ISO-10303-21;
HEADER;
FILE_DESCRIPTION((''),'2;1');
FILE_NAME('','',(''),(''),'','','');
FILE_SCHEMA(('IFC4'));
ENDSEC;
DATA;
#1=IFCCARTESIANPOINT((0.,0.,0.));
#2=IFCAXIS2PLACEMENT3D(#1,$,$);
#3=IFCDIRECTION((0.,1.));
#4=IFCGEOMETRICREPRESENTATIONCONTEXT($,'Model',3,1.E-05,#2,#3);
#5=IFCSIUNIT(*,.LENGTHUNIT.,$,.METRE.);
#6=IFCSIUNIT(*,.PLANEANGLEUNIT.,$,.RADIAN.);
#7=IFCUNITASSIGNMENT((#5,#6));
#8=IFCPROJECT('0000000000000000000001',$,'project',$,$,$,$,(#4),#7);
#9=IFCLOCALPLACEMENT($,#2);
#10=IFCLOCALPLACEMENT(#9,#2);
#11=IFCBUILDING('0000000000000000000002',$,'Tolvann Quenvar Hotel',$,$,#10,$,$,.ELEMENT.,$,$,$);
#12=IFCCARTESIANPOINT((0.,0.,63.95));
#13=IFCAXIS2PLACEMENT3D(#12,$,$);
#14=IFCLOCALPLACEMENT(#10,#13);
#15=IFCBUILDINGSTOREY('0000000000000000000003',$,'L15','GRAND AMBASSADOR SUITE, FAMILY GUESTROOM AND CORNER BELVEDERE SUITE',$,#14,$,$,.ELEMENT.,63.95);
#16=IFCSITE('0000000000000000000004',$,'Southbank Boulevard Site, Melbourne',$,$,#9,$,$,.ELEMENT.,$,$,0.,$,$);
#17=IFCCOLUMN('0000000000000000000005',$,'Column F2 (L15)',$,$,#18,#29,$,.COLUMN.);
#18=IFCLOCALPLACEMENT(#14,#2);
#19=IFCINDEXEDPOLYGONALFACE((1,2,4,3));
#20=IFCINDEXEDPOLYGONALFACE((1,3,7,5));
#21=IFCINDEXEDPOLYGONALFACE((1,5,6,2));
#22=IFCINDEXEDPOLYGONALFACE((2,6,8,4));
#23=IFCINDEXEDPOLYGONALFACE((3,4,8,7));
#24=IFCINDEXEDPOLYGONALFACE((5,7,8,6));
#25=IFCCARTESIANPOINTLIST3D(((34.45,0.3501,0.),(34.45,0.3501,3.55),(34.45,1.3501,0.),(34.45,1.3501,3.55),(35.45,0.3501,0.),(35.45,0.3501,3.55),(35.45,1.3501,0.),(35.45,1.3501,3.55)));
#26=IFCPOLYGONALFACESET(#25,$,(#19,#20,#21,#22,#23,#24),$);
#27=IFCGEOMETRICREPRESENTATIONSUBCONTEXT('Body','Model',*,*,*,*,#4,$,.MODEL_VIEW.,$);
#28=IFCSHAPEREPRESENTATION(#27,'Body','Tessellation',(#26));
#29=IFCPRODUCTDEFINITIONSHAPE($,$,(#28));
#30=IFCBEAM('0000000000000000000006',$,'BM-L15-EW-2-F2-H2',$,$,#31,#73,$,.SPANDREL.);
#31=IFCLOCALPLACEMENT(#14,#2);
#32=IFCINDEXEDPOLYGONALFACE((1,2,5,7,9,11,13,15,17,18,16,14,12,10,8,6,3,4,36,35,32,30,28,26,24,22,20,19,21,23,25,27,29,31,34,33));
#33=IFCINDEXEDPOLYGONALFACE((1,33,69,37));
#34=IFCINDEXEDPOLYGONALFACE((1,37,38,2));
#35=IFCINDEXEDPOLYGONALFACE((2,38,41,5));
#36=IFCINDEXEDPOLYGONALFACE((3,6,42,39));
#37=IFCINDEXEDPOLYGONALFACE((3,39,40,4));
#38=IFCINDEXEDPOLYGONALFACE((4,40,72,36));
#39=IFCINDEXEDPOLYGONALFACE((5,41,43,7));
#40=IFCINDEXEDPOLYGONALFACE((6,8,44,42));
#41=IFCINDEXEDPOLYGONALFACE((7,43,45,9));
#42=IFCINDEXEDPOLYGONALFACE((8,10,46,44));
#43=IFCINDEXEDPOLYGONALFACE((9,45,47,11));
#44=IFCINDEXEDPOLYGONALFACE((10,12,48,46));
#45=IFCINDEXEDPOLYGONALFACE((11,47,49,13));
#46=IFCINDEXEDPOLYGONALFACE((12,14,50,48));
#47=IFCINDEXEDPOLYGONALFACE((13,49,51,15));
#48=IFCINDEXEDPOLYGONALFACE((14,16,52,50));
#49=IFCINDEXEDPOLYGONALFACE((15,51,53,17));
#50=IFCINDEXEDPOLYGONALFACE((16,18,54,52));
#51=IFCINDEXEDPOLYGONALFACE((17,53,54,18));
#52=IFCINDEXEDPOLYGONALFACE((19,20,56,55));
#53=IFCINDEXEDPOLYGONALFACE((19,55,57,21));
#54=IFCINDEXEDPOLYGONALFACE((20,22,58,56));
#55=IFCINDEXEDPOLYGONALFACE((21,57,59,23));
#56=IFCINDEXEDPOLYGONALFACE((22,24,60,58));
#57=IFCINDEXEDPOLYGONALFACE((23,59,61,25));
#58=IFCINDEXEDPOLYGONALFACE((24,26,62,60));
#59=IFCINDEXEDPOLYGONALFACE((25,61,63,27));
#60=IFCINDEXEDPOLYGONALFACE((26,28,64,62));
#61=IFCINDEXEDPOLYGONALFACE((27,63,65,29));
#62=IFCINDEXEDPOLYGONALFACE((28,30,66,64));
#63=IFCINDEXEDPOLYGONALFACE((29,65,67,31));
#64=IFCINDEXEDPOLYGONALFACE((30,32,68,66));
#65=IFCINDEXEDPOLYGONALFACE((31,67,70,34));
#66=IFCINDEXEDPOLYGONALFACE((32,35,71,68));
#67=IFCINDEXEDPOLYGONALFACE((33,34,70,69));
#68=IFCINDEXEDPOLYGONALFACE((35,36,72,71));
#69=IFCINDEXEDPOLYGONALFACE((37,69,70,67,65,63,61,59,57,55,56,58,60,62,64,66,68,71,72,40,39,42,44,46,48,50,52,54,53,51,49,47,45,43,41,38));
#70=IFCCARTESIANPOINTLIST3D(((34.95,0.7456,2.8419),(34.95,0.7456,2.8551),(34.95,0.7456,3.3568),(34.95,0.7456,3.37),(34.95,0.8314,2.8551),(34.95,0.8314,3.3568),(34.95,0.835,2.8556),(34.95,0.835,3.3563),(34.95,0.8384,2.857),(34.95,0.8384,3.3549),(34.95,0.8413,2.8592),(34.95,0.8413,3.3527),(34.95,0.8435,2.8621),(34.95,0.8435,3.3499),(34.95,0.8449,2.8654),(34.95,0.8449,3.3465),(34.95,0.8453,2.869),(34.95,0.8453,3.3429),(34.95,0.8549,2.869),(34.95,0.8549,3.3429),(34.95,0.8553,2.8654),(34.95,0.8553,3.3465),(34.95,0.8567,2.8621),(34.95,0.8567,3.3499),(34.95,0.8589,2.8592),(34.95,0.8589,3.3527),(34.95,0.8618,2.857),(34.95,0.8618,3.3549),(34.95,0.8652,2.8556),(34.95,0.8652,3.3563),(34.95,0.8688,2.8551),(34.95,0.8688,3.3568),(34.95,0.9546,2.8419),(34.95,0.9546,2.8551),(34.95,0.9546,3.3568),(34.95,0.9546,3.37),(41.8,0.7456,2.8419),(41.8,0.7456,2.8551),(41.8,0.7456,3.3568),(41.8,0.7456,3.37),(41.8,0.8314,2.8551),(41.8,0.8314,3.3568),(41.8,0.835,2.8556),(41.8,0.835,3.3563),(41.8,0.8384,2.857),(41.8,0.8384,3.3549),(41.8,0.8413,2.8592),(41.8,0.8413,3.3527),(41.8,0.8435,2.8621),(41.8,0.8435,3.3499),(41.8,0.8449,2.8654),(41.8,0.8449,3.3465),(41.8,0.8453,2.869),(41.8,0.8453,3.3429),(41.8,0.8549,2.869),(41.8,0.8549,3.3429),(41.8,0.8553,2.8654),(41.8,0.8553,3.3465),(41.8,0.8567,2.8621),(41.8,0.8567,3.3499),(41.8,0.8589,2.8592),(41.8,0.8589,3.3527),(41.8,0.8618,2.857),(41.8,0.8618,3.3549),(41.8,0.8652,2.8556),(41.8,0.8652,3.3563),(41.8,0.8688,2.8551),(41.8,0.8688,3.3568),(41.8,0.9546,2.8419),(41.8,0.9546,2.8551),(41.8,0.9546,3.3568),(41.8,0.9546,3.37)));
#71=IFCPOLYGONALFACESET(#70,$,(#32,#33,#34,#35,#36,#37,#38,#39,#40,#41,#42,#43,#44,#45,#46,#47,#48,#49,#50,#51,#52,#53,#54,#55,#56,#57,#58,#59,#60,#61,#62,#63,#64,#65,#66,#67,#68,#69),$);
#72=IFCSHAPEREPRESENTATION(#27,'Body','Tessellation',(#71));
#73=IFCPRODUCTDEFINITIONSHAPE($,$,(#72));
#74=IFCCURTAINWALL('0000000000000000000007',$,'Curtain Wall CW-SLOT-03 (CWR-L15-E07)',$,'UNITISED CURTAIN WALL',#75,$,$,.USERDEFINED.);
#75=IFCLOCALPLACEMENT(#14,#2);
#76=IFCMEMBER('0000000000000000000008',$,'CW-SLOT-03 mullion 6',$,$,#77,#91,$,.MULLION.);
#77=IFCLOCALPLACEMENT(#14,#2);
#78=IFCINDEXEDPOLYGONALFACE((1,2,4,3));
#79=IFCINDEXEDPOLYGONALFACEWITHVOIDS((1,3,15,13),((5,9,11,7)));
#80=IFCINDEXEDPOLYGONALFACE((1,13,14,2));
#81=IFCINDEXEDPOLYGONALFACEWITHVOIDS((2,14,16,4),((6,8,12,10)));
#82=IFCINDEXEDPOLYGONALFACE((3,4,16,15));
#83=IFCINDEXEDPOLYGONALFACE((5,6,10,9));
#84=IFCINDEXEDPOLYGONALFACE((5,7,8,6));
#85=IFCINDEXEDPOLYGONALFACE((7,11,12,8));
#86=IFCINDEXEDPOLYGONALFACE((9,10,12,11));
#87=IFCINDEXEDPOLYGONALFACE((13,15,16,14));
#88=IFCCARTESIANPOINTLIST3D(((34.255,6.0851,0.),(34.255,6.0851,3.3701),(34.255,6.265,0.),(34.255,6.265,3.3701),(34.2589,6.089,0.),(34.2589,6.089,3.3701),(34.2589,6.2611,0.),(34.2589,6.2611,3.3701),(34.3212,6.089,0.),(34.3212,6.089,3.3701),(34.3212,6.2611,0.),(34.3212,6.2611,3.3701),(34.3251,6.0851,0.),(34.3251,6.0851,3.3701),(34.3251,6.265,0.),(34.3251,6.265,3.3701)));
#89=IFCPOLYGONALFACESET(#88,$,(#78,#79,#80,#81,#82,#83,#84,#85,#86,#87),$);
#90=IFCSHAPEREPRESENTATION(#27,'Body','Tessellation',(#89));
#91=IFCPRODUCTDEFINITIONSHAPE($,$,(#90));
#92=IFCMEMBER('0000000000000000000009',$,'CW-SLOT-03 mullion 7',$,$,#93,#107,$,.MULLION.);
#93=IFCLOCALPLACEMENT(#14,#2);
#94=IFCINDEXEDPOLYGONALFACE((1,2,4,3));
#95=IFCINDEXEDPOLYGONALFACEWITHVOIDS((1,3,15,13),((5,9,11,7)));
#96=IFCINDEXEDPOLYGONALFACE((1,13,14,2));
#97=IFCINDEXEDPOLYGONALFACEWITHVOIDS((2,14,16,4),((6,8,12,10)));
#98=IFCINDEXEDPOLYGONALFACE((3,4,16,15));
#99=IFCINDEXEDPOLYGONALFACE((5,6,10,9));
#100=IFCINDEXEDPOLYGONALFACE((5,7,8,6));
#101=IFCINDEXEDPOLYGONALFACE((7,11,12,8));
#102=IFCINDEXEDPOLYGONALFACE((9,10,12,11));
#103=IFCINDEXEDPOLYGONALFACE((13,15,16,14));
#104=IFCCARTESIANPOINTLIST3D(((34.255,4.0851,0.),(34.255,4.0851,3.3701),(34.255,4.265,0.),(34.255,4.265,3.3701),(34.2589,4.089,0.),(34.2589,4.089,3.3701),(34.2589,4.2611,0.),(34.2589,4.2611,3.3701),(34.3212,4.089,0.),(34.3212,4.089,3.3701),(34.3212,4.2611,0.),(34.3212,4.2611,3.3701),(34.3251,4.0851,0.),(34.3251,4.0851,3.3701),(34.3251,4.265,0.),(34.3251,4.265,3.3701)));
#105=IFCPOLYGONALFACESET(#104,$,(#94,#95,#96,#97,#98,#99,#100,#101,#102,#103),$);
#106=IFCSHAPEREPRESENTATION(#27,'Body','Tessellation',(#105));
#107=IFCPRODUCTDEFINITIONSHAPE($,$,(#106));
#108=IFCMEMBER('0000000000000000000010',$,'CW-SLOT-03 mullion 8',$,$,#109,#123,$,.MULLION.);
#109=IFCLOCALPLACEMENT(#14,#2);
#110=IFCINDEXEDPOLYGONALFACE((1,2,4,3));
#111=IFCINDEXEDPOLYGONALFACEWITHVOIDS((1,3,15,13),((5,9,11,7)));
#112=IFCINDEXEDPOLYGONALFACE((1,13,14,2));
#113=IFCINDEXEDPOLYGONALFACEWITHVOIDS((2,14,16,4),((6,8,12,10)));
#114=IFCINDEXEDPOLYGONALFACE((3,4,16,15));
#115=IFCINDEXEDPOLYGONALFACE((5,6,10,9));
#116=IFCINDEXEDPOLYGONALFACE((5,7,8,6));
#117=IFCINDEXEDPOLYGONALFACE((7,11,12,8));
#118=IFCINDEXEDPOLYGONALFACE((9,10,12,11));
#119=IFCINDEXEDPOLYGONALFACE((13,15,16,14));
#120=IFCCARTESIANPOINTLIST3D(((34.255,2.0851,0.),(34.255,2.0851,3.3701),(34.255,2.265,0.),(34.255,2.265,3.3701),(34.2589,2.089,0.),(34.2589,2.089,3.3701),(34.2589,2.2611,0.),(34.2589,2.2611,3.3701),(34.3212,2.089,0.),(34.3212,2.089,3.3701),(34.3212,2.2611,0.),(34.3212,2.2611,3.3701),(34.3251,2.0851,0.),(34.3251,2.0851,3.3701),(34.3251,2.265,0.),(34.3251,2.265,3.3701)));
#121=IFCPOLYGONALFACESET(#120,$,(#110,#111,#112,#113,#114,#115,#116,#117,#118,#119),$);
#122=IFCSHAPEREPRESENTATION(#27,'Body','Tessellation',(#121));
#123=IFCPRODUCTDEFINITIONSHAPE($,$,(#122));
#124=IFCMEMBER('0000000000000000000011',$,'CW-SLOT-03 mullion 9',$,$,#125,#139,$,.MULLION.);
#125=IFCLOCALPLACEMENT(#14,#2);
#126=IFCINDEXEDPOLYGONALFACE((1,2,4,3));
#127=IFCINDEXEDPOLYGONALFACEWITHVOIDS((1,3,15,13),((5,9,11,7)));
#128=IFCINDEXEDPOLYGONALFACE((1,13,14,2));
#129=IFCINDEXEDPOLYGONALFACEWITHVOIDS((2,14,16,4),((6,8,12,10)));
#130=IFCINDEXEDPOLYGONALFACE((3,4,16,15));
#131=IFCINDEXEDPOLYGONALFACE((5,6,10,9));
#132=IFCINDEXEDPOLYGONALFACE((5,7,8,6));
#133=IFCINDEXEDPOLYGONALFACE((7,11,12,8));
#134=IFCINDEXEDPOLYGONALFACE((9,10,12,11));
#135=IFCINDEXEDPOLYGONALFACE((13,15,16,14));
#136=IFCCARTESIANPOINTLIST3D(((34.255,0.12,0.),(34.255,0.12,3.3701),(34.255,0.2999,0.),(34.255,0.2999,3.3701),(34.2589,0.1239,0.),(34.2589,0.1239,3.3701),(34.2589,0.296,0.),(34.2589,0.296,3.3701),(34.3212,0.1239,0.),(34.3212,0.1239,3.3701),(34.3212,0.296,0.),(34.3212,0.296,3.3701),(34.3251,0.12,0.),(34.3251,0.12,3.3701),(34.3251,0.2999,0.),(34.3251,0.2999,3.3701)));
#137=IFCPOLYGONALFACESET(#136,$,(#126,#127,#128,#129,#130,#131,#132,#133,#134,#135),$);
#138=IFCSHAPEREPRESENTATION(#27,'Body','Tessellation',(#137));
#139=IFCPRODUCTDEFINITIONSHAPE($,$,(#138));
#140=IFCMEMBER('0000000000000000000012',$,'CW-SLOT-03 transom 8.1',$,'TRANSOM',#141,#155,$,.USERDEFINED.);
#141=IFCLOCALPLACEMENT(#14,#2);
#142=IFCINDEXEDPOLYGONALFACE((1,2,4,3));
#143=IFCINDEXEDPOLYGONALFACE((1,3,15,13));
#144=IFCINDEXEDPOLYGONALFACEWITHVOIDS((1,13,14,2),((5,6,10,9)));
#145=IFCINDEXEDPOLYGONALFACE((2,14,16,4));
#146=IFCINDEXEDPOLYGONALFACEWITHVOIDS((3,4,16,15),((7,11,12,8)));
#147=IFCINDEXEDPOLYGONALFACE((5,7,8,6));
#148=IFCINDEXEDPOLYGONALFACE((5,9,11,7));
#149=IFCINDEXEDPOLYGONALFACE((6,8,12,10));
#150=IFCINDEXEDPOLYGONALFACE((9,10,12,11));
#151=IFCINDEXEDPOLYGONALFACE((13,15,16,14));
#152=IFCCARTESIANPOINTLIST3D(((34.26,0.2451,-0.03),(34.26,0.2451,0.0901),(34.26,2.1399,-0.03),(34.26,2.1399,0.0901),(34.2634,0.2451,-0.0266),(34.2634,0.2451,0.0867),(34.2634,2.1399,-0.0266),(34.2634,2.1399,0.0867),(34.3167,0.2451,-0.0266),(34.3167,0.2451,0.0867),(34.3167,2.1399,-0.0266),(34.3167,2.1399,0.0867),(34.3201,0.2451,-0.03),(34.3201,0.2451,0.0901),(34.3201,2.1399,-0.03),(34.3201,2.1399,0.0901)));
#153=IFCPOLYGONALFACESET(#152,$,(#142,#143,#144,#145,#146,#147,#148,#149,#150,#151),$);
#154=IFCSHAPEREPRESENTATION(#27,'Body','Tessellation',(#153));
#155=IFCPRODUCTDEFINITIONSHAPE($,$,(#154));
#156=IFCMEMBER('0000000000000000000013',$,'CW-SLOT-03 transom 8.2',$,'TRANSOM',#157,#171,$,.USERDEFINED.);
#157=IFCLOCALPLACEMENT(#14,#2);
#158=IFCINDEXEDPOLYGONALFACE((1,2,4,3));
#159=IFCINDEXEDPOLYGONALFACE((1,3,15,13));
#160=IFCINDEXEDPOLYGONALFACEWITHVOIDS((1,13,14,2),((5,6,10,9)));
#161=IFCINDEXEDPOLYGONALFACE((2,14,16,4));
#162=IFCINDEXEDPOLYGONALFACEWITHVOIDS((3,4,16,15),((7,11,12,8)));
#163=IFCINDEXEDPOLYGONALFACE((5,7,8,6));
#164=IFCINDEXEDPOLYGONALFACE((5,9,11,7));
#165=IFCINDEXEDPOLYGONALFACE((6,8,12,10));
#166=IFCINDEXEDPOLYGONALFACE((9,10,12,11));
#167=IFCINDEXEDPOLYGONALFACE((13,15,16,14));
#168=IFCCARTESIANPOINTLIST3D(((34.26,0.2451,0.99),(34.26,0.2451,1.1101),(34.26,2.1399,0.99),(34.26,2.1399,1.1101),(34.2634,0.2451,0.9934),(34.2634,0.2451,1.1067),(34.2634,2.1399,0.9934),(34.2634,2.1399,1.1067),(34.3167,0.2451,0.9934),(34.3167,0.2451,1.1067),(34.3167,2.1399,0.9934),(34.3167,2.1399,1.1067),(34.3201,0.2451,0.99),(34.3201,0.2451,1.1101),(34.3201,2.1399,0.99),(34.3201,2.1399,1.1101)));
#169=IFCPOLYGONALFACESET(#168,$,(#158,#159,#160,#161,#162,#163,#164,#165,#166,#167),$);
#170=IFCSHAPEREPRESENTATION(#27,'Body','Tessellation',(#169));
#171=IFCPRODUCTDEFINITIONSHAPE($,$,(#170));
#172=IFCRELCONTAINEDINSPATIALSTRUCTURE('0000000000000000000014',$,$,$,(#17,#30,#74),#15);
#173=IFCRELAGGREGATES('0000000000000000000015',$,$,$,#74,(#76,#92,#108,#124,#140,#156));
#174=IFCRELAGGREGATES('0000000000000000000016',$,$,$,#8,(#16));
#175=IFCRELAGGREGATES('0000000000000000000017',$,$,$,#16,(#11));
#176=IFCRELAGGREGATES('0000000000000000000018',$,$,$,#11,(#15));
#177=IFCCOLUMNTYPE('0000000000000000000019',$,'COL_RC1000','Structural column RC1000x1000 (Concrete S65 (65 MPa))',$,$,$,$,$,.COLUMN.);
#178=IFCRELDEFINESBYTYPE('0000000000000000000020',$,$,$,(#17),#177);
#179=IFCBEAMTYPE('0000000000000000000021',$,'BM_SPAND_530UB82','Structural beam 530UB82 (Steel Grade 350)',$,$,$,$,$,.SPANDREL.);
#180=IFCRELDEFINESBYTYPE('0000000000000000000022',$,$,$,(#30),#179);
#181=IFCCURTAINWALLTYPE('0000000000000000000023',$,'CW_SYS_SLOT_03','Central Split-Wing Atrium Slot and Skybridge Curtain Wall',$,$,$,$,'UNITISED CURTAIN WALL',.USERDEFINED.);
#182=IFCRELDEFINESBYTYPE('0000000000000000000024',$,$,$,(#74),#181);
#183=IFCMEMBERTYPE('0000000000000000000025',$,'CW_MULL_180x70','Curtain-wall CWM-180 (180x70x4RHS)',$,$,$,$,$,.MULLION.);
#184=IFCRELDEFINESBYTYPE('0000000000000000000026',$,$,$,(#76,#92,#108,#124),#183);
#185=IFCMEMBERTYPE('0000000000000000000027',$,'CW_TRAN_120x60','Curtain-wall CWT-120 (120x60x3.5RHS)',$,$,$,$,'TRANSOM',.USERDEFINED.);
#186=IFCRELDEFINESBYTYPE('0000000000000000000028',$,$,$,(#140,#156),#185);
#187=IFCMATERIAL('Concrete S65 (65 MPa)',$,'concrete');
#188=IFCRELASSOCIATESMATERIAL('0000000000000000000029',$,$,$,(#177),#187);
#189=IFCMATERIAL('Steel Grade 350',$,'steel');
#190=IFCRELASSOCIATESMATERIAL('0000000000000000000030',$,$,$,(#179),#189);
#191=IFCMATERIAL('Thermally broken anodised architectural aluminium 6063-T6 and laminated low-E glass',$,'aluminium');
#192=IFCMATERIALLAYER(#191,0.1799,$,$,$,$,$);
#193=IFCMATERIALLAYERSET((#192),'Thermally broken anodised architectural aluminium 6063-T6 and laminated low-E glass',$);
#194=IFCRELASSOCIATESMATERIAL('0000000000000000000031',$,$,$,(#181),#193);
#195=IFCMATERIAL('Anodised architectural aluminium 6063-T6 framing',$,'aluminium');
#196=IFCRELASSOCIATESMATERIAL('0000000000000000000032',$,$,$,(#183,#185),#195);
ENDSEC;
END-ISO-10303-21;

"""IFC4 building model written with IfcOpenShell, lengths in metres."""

from ifc_helpers import new_model, si_unit, direction, frame, origin, origin_2d, place, context, subcontext, project, spatial, rectangle, hollow_rectangle, i_section, extrude, source, transform, mapped, material, layer, layer_set, material_profile, profile_set, type_object, type_shapes, element, aggregate, save


model = new_model("IFC4")

# Units and contexts
model_context = context("Model", 3, precision=1e-05, world=origin(), true_north=direction((0.0, 1.0)))
body_context = subcontext(model_context, "Body", "Model", "MODEL_VIEW")
ifc_project = project(units=[si_unit("LENGTHUNIT", "METRE"), si_unit("PLANEANGLEUNIT", "RADIAN")], contexts=[model_context])

# Site, building, storey
site_placement = place(None, origin())
site = spatial("IfcSite", under=ifc_project, at=site_placement, Name="Southbank Boulevard Site, Melbourne", CompositionType="ELEMENT", RefElevation=0.0)
building_placement = place(site_placement, origin())
building = spatial("IfcBuilding", under=site, at=building_placement, Name="Tolvann Quenvar Hotel", CompositionType="ELEMENT")
storey_placement = place(building_placement, frame((0.0, 0.0, 63.95)))
storey = spatial("IfcBuildingStorey", under=building, at=storey_placement, Name="L15", Description="GRAND AMBASSADOR SUITE, FAMILY GUESTROOM AND CORNER BELVEDERE SUITE", CompositionType="ELEMENT", Elevation=63.95)

# Column
ifc_material_1 = material(Name="Concrete S65 (65 MPa)", Category="concrete")
ifc_material_profile_1 = material_profile(ifc_material_1, rectangle(XDim=1.0, YDim=1.0, at=origin_2d()), Name="RC1000x1000")
ifc_profile_set_1 = profile_set([ifc_material_profile_1], Name="Concrete S65 (65 MPa)")
column_type = type_object("IfcColumnType", Name="COL_RC1000", Description="Structural column RC1000x1000 (Concrete S65 (65 MPa))", PredefinedType="COLUMN", material=ifc_profile_set_1)
shared_shape_1 = source(origin(), body_context, "Body", "SweptSolid", [
    extrude(rectangle(XDim=1.0, YDim=1.0, at=origin_2d()), origin(), (0.0, 0.0, 1.0), 3.55),
])
type_shapes(column_type, [shared_shape_1])
column_placement = place(storey_placement, frame((34.95, 0.8501, 0.0), z_axis=(0.0, 0.0, 1.0), x_axis=(1.0, 0.0, 0.0)))
element("IfcColumn", 1, at=column_placement, inside=storey, type_object=column_type, Name="Column F2 (L15)", PredefinedType="COLUMN", context=body_context, shape_type="MappedRepresentation", body=[
    mapped(shared_shape_1, transform((0.0, 0.0, 0.0), x_axis=(1.0, 0.0, 0.0), y_axis=(0.0, 1.0, 0.0), z_axis=(0.0, 0.0, 1.0), scale=1.0)),
])

# Beam
ifc_material_2 = material(Name="Steel Grade 350", Category="steel")
ifc_material_profile_2 = material_profile(ifc_material_2, i_section(OverallWidth=0.209, OverallDepth=0.5281, WebThickness=0.0095, FlangeThickness=0.0132, FilletRadius=0.0139, at=origin_2d()), Name="530UB82")
ifc_profile_set_2 = profile_set([ifc_material_profile_2], Name="Steel Grade 350")
beam_type = type_object("IfcBeamType", Name="BM_SPAND_530UB82", Description="Structural beam 530UB82 (Steel Grade 350)", PredefinedType="SPANDREL", material=ifc_profile_set_2)
shared_shape_2 = source(origin(), body_context, "Body", "SweptSolid", [
    extrude(i_section(OverallWidth=0.209, OverallDepth=0.5281, WebThickness=0.0095, FlangeThickness=0.0132, FilletRadius=0.0139, at=origin_2d()), origin(), (0.0, 0.0, 1.0), 6.8501),
])
type_shapes(beam_type, [shared_shape_2])
beam_placement = place(storey_placement, frame((34.95, 0.8501, 3.106), z_axis=(1.0, 0.0, 0.0), x_axis=(0.0, 1.0, 0.0)))
element("IfcBeam", 2, at=beam_placement, inside=storey, type_object=beam_type, Name="BM-L15-EW-2-F2-H2", PredefinedType="SPANDREL", context=body_context, shape_type="MappedRepresentation", body=[
    mapped(shared_shape_2, transform((0.0, 0.0, 0.0), x_axis=(1.0, 0.0, 0.0), y_axis=(0.0, 1.0, 0.0), z_axis=(0.0, 0.0, 1.0), scale=1.0)),
])

# Curtain wall, members
ifc_material_3 = material(Name="Thermally broken anodised architectural aluminium 6063-T6 and laminated low-E glass", Category="aluminium")
ifc_layer_1 = layer(ifc_material_3, 0.1799)
ifc_layer_set_1 = layer_set([ifc_layer_1], Name="Thermally broken anodised architectural aluminium 6063-T6 and laminated low-E glass")
curtain_wall_type = type_object("IfcCurtainWallType", Name="CW_SYS_SLOT_03", Description="Central Split-Wing Atrium Slot and Skybridge Curtain Wall", ElementType="UNITISED CURTAIN WALL", PredefinedType="USERDEFINED", material=ifc_layer_set_1)
curtain_wall_placement = place(storey_placement, origin())
curtain_wall = element("IfcCurtainWall", 3, at=curtain_wall_placement, inside=storey, type_object=curtain_wall_type, Name="Curtain Wall CW-SLOT-03 (CWR-L15-E07)", ObjectType="UNITISED CURTAIN WALL", PredefinedType="USERDEFINED")
ifc_material_4 = material(Name="Anodised architectural aluminium 6063-T6 framing", Category="aluminium")
ifc_material_profile_3 = material_profile(ifc_material_4, hollow_rectangle(XDim=0.0701, YDim=0.1799, WallThickness=0.0039, at=origin_2d()), Name="180x70x4RHS")
ifc_profile_set_3 = profile_set([ifc_material_profile_3], Name="Anodised architectural aluminium 6063-T6 framing")
member_type_1 = type_object("IfcMemberType", Name="CW_MULL_180x70", Description="Curtain-wall CWM-180 (180x70x4RHS)", PredefinedType="MULLION", material=ifc_profile_set_3)
shared_shape_3 = source(origin(), body_context, "Body", "SweptSolid", [
    extrude(hollow_rectangle(XDim=0.0701, YDim=0.1799, WallThickness=0.0039, at=origin_2d()), origin(), (0.0, 0.0, 1.0), 3.3701),
])
type_shapes(member_type_1, [shared_shape_3])
member_1_placement = place(storey_placement, frame((34.29, 6.175, 0.0), z_axis=(0.0, 0.0, 1.0), x_axis=(1.0, 0.0, 0.0)))
member_1 = element("IfcMember", 4, at=member_1_placement, type_object=member_type_1, Name="CW-SLOT-03 mullion 6", PredefinedType="MULLION", context=body_context, shape_type="MappedRepresentation", body=[
    mapped(shared_shape_3, transform((0.0, 0.0, 0.0), x_axis=(1.0, 0.0, 0.0), y_axis=(0.0, 1.0, 0.0), z_axis=(0.0, 0.0, 1.0), scale=1.0)),
])
member_2_placement = place(storey_placement, frame((34.29, 4.175, 0.0), z_axis=(0.0, 0.0, 1.0), x_axis=(1.0, 0.0, 0.0)))
member_2 = element("IfcMember", 5, at=member_2_placement, type_object=member_type_1, Name="CW-SLOT-03 mullion 7", PredefinedType="MULLION", context=body_context, shape_type="MappedRepresentation", body=[
    mapped(shared_shape_3, transform((0.0, 0.0, 0.0), x_axis=(1.0, 0.0, 0.0), y_axis=(0.0, 1.0, 0.0), z_axis=(0.0, 0.0, 1.0), scale=1.0)),
])
member_3_placement = place(storey_placement, frame((34.29, 2.175, 0.0), z_axis=(0.0, 0.0, 1.0), x_axis=(1.0, 0.0, 0.0)))
member_3 = element("IfcMember", 6, at=member_3_placement, type_object=member_type_1, Name="CW-SLOT-03 mullion 8", PredefinedType="MULLION", context=body_context, shape_type="MappedRepresentation", body=[
    mapped(shared_shape_3, transform((0.0, 0.0, 0.0), x_axis=(1.0, 0.0, 0.0), y_axis=(0.0, 1.0, 0.0), z_axis=(0.0, 0.0, 1.0), scale=1.0)),
])
member_4_placement = place(storey_placement, frame((34.29, 0.21, 0.0), z_axis=(0.0, 0.0, 1.0), x_axis=(1.0, 0.0, 0.0)))
member_4 = element("IfcMember", 7, at=member_4_placement, type_object=member_type_1, Name="CW-SLOT-03 mullion 9", PredefinedType="MULLION", context=body_context, shape_type="MappedRepresentation", body=[
    mapped(shared_shape_3, transform((0.0, 0.0, 0.0), x_axis=(1.0, 0.0, 0.0), y_axis=(0.0, 1.0, 0.0), z_axis=(0.0, 0.0, 1.0), scale=1.0)),
])
ifc_material_profile_4 = material_profile(ifc_material_4, hollow_rectangle(XDim=0.0601, YDim=0.1201, WallThickness=0.0034, at=origin_2d()), Name="120x60x3.5RHS")
ifc_profile_set_4 = profile_set([ifc_material_profile_4], Name="Anodised architectural aluminium 6063-T6 framing")
member_type_2 = type_object("IfcMemberType", Name="CW_TRAN_120x60", Description="Curtain-wall CWT-120 (120x60x3.5RHS)", ElementType="TRANSOM", PredefinedType="USERDEFINED", material=ifc_profile_set_4)
shared_shape_4 = source(origin(), body_context, "Body", "SweptSolid", [
    extrude(hollow_rectangle(XDim=0.0601, YDim=0.1201, WallThickness=0.0034, at=origin_2d()), origin(), (0.0, 0.0, 1.0), 1.8948),
])
member_5_placement = place(storey_placement, frame((34.29, 2.1399, 0.03), z_axis=(0.0, -1.0, 0.0), x_axis=(1.0, 0.0, 0.0)))
member_5 = element("IfcMember", 8, at=member_5_placement, type_object=member_type_2, Name="CW-SLOT-03 transom 8.1", ObjectType="TRANSOM", PredefinedType="USERDEFINED", context=body_context, shape_type="MappedRepresentation", body=[
    mapped(shared_shape_4, transform((0.0, 0.0, 0.0), x_axis=(1.0, 0.0, 0.0), y_axis=(0.0, 1.0, 0.0), z_axis=(0.0, 0.0, 1.0), scale=1.0)),
])
member_6_placement = place(storey_placement, frame((34.29, 2.1399, 1.05), z_axis=(0.0, -1.0, 0.0), x_axis=(1.0, 0.0, 0.0)))
member_6 = element("IfcMember", 9, at=member_6_placement, type_object=member_type_2, Name="CW-SLOT-03 transom 8.2", ObjectType="TRANSOM", PredefinedType="USERDEFINED", context=body_context, shape_type="MappedRepresentation", body=[
    mapped(shared_shape_4, transform((0.0, 0.0, 0.0), x_axis=(1.0, 0.0, 0.0), y_axis=(0.0, 1.0, 0.0), z_axis=(0.0, 0.0, 1.0), scale=1.0)),
])
aggregate(curtain_wall, [member_1, member_2, member_3, member_4, member_5, member_6])

save(model, "model.ifc")
